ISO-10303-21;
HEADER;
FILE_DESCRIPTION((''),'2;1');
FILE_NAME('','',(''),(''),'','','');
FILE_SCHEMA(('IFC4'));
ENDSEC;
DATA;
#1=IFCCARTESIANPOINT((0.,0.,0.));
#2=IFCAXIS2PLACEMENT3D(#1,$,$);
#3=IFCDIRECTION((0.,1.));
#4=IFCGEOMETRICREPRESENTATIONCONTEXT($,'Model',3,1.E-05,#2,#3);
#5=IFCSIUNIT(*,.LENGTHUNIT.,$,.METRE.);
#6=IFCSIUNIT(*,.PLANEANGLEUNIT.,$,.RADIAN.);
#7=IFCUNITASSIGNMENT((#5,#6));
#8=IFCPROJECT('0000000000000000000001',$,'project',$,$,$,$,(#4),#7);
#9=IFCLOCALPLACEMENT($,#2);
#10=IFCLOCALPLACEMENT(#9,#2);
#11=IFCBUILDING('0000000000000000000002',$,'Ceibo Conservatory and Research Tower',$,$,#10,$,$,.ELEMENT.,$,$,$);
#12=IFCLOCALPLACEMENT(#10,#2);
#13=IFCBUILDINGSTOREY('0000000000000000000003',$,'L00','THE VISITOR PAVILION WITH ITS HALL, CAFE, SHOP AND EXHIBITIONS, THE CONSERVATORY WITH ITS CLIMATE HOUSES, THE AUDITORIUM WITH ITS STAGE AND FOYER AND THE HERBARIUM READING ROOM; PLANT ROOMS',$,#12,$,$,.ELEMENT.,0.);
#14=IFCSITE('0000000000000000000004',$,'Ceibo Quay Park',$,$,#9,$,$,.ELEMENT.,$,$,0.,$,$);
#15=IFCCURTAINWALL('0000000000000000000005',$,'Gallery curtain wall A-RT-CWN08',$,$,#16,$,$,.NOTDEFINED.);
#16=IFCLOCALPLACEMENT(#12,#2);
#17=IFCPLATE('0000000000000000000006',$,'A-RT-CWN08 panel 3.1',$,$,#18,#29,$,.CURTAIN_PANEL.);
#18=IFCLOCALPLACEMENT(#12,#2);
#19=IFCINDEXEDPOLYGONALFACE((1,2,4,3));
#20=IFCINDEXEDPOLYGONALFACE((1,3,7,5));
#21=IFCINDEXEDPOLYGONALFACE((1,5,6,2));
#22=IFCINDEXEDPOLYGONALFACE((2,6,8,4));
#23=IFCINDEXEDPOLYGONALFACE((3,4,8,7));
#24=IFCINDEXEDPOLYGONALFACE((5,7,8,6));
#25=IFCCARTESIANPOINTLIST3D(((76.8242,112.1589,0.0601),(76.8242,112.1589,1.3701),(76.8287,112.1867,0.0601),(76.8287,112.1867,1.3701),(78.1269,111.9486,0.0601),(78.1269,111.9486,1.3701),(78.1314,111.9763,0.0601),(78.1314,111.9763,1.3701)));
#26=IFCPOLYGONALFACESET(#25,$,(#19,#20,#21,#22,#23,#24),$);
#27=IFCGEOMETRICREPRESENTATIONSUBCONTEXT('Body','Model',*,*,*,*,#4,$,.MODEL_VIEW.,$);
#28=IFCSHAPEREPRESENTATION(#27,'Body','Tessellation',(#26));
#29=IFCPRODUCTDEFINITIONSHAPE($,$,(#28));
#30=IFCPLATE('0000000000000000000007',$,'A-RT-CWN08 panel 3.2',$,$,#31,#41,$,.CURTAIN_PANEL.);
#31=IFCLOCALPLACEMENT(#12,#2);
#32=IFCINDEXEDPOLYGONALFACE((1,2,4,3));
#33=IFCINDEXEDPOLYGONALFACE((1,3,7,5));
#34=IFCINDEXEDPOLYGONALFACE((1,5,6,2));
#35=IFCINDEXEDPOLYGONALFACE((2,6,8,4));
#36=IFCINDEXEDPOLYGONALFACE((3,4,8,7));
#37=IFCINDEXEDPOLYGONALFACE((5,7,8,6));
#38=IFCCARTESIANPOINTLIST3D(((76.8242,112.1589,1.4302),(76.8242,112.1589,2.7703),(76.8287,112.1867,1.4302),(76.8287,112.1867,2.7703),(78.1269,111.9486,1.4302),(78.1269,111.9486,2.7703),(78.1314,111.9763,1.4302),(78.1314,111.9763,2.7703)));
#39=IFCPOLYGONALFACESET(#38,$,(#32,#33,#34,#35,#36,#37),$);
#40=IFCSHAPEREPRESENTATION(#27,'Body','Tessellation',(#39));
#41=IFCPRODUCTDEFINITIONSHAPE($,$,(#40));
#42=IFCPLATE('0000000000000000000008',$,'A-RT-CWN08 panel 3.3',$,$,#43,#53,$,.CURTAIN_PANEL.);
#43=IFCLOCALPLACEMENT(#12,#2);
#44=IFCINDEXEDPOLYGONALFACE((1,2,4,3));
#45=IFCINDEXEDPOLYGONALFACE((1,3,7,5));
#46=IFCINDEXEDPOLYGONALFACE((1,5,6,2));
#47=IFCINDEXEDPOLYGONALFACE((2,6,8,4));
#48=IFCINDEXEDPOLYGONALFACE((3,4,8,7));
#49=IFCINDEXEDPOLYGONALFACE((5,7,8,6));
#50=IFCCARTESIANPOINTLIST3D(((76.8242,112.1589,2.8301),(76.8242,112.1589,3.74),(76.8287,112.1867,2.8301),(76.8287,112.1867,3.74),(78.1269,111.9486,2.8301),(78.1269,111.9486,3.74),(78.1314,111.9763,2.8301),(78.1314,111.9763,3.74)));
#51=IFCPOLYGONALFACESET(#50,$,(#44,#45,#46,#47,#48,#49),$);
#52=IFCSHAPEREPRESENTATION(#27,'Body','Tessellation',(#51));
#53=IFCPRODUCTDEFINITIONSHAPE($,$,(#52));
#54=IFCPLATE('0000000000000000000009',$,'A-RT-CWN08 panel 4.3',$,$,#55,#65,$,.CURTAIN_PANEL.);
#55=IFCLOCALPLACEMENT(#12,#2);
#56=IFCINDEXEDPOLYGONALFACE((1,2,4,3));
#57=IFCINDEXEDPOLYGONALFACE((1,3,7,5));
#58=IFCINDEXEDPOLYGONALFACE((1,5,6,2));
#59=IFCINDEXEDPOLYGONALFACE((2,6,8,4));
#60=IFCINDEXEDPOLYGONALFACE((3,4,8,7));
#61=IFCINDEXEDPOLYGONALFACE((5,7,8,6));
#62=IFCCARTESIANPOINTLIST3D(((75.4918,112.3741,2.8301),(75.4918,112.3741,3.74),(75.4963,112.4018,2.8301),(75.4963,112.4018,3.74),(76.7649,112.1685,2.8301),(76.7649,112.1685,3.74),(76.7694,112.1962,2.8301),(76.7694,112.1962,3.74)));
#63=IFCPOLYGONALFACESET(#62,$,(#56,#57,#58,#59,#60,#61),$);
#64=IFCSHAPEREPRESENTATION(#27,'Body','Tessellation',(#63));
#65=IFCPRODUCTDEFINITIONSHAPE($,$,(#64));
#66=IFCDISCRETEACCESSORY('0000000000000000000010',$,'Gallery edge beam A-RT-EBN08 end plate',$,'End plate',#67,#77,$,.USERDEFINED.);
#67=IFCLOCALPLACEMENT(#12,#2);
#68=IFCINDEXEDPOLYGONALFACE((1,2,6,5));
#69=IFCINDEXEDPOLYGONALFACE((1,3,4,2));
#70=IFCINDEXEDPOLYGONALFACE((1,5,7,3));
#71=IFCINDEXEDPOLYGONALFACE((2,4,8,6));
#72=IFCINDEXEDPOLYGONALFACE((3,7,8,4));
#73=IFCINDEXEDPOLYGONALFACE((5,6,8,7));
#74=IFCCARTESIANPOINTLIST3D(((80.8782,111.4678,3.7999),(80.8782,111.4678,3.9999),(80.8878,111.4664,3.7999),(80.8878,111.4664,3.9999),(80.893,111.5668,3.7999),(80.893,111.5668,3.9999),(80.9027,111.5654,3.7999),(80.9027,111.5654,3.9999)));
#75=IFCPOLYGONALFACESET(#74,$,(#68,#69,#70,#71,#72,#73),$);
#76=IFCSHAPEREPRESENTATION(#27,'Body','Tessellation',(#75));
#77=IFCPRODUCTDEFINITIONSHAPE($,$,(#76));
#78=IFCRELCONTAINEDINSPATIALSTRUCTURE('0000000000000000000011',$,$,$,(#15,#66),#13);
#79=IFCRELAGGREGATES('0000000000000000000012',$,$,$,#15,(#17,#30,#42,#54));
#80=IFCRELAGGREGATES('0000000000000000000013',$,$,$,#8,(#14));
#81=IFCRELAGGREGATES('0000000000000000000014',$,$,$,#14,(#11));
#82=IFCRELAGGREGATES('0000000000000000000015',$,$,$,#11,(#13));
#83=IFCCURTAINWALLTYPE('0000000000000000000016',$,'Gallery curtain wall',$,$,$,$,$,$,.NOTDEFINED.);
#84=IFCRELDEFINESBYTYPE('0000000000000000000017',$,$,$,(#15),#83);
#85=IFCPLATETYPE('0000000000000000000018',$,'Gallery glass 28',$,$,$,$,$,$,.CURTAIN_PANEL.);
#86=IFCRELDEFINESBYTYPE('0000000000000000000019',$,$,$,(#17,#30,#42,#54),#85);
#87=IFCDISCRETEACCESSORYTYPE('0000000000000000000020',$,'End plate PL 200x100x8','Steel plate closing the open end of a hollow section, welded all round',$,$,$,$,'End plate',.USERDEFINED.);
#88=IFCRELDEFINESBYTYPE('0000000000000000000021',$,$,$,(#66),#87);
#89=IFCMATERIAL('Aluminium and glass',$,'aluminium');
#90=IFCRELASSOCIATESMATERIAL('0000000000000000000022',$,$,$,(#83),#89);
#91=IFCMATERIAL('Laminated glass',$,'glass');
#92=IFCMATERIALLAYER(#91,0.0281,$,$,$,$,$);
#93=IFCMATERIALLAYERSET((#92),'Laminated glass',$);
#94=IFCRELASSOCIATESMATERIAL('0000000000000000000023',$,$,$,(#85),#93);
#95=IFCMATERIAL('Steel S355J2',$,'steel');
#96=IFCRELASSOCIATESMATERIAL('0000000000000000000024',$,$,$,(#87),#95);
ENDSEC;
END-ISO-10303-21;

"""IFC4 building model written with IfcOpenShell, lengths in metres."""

from ifc_helpers import new_model, si_unit, direction, frame, origin, origin_2d, place, context, subcontext, project, spatial, rectangle, extrude, material, layer, layer_set, material_profile, profile_set, type_object, element, aggregate, save


model = new_model("IFC4")

# Units and contexts
model_context = context("Model", 3, precision=1e-05, world=origin(), true_north=direction((0.0, 1.0)))
body_context = subcontext(model_context, "Body", "Model", "MODEL_VIEW")
ifc_project = project(units=[si_unit("LENGTHUNIT", "METRE"), si_unit("PLANEANGLEUNIT", "RADIAN")], contexts=[model_context])

# Site, building, storey
site_placement = place(None, origin())
site = spatial("IfcSite", under=ifc_project, at=site_placement, Name="Ceibo Quay Park", CompositionType="ELEMENT", RefElevation=0.0)
building_placement = place(site_placement, origin())
building = spatial("IfcBuilding", under=site, at=building_placement, Name="Ceibo Conservatory and Research Tower", CompositionType="ELEMENT")
storey_placement = place(building_placement, origin())
storey = spatial("IfcBuildingStorey", under=building, at=storey_placement, Name="L00", Description="THE VISITOR PAVILION WITH ITS HALL, CAFE, SHOP AND EXHIBITIONS, THE CONSERVATORY WITH ITS CLIMATE HOUSES, THE AUDITORIUM WITH ITS STAGE AND FOYER AND THE HERBARIUM READING ROOM; PLANT ROOMS", CompositionType="ELEMENT", Elevation=0.0)

# Curtain wall
ifc_material_1 = material(Name="Aluminium and glass", Category="aluminium")
curtain_wall_type = type_object("IfcCurtainWallType", Name="Gallery curtain wall", PredefinedType="NOTDEFINED", material=ifc_material_1)
curtain_wall_placement = place(storey_placement, origin())
curtain_wall = element("IfcCurtainWall", 1, at=curtain_wall_placement, inside=storey, type_object=curtain_wall_type, Name="Gallery curtain wall A-RT-CWN08", PredefinedType="NOTDEFINED")

# Plates
ifc_material_2 = material(Name="Laminated glass", Category="glass")
ifc_layer = layer(ifc_material_2, 0.0281)
ifc_layer_set = layer_set([ifc_layer], Name="Laminated glass")
plate_type = type_object("IfcPlateType", Name="Gallery glass 28", PredefinedType="CURTAIN_PANEL", material=ifc_layer_set)
plate_1_placement = place(storey_placement, frame((77.4778, 112.0676, 0.0601), z_axis=(0.0, 0.0, 1.0), x_axis=(-0.987216, 0.159391, 0.0)))
plate_1 = element("IfcPlate", 2, at=plate_1_placement, type_object=plate_type, Name="A-RT-CWN08 panel 3.1", PredefinedType="CURTAIN_PANEL", context=body_context, shape_type="SweptSolid", body=[
    extrude(rectangle(XDim=1.3196, YDim=0.0281, at=origin_2d()), origin(), (0.0, 0.0, 1.0), 1.3101),
])
plate_2_placement = place(storey_placement, frame((77.4778, 112.0676, 1.4302), z_axis=(0.0, 0.0, 1.0), x_axis=(-0.987216, 0.159391, 0.0)))
plate_2 = element("IfcPlate", 3, at=plate_2_placement, type_object=plate_type, Name="A-RT-CWN08 panel 3.2", PredefinedType="CURTAIN_PANEL", context=body_context, shape_type="SweptSolid", body=[
    extrude(rectangle(XDim=1.3196, YDim=0.0281, at=origin_2d()), origin(), (0.0, 0.0, 1.0), 1.3401),
])
plate_3_placement = place(storey_placement, frame((77.4778, 112.0676, 2.8301), z_axis=(0.0, 0.0, 1.0), x_axis=(-0.987216, 0.159391, 0.0)))
plate_3 = element("IfcPlate", 4, at=plate_3_placement, type_object=plate_type, Name="A-RT-CWN08 panel 3.3", PredefinedType="CURTAIN_PANEL", context=body_context, shape_type="SweptSolid", body=[
    extrude(rectangle(XDim=1.3196, YDim=0.0281, at=origin_2d()), origin(), (0.0, 0.0, 1.0), 0.9099),
])
plate_4_placement = place(storey_placement, frame((76.1306, 112.2852, 2.8301), z_axis=(0.0, 0.0, 1.0), x_axis=(-0.987216, 0.159391, 0.0)))
plate_4 = element("IfcPlate", 5, at=plate_4_placement, type_object=plate_type, Name="A-RT-CWN08 panel 4.3", PredefinedType="CURTAIN_PANEL", context=body_context, shape_type="SweptSolid", body=[
    extrude(rectangle(XDim=1.2896, YDim=0.0281, at=origin_2d()), origin(), (0.0, 0.0, 1.0), 0.9099),
])
aggregate(curtain_wall, [plate_1, plate_2, plate_3, plate_4])

# Discrete accessory
ifc_material_3 = material(Name="Steel S355J2", Category="steel")
ifc_material_profile_1 = material_profile(ifc_material_3, rectangle(XDim=0.1001, YDim=0.2, at=origin_2d()), Name="End plate PL 200x100x8")
ifc_profile_set_1 = profile_set([ifc_material_profile_1], Name="Steel S355J2")
discrete_accessory_type = type_object("IfcDiscreteAccessoryType", Name="End plate PL 200x100x8", Description="Steel plate closing the open end of a hollow section, welded all round", ElementType="End plate", PredefinedType="USERDEFINED", material=ifc_profile_set_1)
discrete_accessory_placement = place(storey_placement, frame((80.8953, 111.5159, 3.8999), z_axis=(-0.988936, 0.14834, 0.0), x_axis=(-0.14834, -0.988936, 0.0)))
element("IfcDiscreteAccessory", 6, at=discrete_accessory_placement, inside=storey, type_object=discrete_accessory_type, Name="Gallery edge beam A-RT-EBN08 end plate", ObjectType="End plate", PredefinedType="USERDEFINED", context=body_context, shape_type="SweptSolid", body=[
    extrude(rectangle(XDim=0.1001, YDim=0.2, at=origin_2d()), origin(), (0.0, 0.0, 1.0), 0.0098),
])

save(model, "model.ifc")
